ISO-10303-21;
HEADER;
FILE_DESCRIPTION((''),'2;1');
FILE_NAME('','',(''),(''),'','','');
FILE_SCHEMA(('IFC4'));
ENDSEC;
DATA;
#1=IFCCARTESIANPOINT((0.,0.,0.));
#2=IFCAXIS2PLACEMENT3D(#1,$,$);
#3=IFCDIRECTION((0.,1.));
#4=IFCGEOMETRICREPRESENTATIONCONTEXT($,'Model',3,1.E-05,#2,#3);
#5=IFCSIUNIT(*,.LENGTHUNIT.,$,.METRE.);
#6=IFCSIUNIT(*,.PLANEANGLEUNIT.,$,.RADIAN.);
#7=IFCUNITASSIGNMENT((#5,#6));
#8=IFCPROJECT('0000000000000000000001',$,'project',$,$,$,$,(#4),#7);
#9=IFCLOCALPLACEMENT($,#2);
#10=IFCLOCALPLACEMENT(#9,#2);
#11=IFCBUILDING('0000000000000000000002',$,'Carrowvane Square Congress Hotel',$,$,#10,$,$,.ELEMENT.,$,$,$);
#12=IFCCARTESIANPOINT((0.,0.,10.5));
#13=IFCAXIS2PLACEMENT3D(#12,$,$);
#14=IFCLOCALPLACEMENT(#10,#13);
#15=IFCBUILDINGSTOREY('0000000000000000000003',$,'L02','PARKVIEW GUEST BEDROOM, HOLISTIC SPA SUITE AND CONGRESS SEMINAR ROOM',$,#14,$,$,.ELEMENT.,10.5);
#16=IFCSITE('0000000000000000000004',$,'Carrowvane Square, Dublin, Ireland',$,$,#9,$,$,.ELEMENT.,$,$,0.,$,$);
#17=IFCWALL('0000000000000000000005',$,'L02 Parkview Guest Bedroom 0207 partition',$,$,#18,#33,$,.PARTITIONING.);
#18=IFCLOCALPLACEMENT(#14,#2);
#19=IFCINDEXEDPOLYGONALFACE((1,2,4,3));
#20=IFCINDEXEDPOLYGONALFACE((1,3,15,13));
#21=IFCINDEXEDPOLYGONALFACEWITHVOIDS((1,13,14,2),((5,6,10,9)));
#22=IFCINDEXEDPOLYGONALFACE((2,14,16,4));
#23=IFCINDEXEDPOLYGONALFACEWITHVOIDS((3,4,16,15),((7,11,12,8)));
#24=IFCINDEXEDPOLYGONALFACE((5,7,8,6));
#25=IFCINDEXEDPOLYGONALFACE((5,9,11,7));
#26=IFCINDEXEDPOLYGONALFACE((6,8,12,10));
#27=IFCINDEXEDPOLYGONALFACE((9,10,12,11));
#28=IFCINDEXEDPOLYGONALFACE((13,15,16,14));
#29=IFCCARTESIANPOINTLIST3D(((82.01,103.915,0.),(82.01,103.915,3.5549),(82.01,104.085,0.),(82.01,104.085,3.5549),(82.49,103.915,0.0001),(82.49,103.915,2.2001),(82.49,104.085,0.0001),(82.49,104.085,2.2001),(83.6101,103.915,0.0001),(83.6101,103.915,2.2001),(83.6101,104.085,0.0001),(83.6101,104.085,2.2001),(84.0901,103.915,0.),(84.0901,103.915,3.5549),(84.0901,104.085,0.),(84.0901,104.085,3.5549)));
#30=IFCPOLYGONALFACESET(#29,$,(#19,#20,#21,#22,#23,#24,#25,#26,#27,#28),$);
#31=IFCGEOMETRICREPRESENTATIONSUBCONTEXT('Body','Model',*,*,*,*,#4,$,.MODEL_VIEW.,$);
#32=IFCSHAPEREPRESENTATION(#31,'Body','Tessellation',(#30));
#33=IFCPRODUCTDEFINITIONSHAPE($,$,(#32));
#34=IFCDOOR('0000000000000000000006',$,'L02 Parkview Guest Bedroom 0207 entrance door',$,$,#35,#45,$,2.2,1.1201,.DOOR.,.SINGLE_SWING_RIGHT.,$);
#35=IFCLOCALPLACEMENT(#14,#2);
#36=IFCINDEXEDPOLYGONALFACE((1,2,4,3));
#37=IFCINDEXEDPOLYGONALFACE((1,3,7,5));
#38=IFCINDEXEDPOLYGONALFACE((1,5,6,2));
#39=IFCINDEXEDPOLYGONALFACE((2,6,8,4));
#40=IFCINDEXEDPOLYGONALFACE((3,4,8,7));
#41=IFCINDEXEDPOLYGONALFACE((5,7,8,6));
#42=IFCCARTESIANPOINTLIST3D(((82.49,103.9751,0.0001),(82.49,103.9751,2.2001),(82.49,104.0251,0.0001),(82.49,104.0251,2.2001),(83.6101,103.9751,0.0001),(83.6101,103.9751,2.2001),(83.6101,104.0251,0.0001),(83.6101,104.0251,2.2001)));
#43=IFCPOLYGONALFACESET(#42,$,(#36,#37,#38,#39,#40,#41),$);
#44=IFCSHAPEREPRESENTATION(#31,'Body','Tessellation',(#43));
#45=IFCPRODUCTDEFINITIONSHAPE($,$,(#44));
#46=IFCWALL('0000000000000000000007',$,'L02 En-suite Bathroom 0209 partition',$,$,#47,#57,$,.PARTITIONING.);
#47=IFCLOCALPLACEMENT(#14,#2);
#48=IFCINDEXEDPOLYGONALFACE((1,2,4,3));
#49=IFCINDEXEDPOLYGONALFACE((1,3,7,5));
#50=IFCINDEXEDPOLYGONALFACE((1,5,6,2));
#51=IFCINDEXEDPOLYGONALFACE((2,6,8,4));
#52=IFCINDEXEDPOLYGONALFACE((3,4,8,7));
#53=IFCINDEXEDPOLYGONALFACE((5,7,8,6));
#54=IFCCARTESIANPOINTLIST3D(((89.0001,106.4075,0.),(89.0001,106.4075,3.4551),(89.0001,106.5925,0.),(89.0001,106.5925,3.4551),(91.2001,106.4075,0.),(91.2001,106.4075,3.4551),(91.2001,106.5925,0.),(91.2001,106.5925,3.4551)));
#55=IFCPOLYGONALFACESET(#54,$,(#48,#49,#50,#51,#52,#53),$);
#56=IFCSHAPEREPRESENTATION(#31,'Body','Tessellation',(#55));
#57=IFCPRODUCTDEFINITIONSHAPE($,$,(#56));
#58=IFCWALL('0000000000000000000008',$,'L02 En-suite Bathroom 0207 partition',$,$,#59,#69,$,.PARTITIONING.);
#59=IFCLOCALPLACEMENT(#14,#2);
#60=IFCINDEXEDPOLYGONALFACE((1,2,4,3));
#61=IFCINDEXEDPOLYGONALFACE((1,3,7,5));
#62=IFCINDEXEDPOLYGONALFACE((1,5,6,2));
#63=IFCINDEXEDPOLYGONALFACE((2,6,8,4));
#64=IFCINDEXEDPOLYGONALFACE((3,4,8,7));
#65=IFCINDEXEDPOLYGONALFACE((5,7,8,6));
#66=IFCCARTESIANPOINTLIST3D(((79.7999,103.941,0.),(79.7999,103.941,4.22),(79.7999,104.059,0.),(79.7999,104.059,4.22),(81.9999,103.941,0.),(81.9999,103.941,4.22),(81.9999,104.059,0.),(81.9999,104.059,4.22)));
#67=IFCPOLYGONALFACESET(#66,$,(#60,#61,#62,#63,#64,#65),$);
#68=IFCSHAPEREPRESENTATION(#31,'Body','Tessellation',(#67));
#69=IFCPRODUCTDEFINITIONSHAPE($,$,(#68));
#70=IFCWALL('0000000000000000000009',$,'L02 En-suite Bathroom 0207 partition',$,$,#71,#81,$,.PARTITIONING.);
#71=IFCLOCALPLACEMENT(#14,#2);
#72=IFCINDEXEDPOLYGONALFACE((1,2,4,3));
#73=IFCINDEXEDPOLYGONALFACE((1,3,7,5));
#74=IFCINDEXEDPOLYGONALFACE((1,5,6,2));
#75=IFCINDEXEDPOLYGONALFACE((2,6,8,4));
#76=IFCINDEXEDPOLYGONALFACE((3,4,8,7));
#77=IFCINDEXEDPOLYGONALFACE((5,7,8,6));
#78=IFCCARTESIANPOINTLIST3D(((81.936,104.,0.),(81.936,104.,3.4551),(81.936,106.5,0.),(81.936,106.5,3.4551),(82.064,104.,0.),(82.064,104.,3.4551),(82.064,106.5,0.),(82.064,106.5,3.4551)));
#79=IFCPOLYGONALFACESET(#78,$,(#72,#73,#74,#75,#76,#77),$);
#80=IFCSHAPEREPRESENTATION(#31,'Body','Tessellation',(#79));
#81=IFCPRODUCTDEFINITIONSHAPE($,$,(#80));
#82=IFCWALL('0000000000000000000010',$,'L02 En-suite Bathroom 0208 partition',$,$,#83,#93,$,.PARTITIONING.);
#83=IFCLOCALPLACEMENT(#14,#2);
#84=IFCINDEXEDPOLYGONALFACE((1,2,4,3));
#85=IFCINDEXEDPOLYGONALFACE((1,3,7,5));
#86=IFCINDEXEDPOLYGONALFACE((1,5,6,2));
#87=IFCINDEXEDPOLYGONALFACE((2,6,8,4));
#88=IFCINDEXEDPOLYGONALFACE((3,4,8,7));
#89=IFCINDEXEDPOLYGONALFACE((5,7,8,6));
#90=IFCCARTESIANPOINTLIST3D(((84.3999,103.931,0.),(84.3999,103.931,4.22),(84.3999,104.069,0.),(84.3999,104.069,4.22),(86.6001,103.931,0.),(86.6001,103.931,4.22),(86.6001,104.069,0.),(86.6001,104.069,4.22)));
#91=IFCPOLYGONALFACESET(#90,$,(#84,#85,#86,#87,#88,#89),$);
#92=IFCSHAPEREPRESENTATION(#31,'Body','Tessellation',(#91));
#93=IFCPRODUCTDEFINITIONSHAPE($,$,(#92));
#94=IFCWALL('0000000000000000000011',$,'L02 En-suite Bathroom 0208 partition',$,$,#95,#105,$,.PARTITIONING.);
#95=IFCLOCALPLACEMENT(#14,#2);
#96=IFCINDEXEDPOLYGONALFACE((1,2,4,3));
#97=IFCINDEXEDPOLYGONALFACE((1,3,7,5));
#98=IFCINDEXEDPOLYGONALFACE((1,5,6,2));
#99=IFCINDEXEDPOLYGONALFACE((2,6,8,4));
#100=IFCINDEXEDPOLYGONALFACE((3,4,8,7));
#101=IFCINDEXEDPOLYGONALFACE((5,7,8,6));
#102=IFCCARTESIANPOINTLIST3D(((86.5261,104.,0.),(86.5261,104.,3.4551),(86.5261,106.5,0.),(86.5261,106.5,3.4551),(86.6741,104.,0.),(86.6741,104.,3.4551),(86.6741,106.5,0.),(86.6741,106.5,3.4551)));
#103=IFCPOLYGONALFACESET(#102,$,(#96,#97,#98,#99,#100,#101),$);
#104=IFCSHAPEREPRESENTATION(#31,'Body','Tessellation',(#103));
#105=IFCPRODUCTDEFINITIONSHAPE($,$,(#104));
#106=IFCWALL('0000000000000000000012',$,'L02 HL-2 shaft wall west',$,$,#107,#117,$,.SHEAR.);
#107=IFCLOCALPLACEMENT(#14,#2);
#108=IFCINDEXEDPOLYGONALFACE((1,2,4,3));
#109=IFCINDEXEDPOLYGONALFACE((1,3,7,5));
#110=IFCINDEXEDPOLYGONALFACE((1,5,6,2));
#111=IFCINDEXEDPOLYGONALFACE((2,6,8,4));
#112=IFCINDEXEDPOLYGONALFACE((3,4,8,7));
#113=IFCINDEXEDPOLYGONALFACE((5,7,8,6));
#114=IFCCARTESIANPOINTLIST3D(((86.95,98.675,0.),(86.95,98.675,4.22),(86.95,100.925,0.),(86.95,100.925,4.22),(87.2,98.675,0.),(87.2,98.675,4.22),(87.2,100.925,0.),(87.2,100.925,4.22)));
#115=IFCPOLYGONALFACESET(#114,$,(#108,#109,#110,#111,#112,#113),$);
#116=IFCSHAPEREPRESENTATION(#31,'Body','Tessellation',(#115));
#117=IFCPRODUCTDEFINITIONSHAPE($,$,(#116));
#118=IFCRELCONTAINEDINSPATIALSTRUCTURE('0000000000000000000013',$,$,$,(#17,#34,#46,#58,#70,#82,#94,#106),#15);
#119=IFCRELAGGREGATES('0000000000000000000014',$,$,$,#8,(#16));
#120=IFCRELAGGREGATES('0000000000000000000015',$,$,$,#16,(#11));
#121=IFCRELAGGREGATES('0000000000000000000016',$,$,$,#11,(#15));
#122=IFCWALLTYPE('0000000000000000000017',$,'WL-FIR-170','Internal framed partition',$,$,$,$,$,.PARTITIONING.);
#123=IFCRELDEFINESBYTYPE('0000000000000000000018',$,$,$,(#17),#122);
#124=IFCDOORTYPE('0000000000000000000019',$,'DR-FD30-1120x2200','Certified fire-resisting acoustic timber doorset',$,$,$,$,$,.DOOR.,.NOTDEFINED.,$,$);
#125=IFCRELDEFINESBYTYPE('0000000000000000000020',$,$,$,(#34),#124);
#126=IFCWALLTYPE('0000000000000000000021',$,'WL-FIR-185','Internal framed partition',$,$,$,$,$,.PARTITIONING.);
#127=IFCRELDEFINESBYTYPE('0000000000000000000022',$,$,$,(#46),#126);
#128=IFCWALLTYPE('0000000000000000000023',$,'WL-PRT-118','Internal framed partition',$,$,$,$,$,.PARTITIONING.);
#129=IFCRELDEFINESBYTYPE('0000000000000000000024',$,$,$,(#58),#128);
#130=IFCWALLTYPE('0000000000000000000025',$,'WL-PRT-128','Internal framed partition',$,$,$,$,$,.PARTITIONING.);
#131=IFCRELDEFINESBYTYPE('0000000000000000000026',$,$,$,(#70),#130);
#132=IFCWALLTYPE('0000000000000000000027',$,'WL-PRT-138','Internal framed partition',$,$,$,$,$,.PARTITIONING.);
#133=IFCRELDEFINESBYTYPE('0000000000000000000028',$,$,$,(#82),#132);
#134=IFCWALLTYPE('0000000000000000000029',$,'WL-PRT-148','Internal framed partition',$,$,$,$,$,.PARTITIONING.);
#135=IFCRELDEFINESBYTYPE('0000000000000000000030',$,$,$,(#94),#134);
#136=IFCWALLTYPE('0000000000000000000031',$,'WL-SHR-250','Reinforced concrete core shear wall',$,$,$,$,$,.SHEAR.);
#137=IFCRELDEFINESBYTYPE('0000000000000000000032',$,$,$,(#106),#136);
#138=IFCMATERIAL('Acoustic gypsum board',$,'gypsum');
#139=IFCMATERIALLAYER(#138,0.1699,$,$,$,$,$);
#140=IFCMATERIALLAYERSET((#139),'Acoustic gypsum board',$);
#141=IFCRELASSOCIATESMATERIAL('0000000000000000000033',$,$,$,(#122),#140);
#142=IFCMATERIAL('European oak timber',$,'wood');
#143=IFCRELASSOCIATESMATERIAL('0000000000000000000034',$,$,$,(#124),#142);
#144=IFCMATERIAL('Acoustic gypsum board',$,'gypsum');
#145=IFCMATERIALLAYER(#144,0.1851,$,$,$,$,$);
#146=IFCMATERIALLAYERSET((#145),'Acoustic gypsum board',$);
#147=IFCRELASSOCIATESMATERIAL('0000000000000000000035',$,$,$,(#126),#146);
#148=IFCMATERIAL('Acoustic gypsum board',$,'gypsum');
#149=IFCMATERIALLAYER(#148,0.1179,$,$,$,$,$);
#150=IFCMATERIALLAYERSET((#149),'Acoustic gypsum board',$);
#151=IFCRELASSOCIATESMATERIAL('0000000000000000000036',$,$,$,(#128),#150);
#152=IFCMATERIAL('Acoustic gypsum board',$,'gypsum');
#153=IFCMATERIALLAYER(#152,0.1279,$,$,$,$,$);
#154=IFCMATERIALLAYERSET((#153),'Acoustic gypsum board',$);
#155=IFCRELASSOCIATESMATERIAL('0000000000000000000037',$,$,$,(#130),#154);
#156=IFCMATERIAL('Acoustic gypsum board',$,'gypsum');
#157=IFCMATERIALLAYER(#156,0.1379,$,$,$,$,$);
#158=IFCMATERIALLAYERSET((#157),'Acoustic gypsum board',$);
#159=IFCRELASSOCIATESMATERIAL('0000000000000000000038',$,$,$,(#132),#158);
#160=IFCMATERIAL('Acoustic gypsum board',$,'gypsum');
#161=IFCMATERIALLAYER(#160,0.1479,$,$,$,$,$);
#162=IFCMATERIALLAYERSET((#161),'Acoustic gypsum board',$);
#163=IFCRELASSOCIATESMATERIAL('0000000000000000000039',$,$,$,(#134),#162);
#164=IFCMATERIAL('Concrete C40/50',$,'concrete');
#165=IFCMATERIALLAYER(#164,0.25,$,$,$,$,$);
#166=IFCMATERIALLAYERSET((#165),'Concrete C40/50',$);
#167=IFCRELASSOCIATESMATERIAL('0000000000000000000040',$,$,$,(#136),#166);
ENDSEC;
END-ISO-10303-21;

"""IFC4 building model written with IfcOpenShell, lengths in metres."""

from ifc_helpers import new_model, si_unit, direction, frame, frame_2d, origin, place, context, subcontext, project, spatial, rectangle, extrude, material, layer, layer_set, type_object, element, fill, save


model = new_model("IFC4")

# Units and contexts
model_context = context("Model", 3, precision=1e-05, world=origin(), true_north=direction((0.0, 1.0)))
body_context = subcontext(model_context, "Body", "Model", "MODEL_VIEW")
ifc_project = project(units=[si_unit("LENGTHUNIT", "METRE"), si_unit("PLANEANGLEUNIT", "RADIAN")], contexts=[model_context])

# Site, building, storey
site_placement = place(None, origin())
site = spatial("IfcSite", under=ifc_project, at=site_placement, Name="Carrowvane Square, Dublin, Ireland", CompositionType="ELEMENT", RefElevation=0.0)
building_placement = place(site_placement, origin())
building = spatial("IfcBuilding", under=site, at=building_placement, Name="Carrowvane Square Congress Hotel", CompositionType="ELEMENT")
storey_placement = place(building_placement, frame((0.0, 0.0, 10.5)))
storey = spatial("IfcBuildingStorey", under=building, at=storey_placement, Name="L02", Description="PARKVIEW GUEST BEDROOM, HOLISTIC SPA SUITE AND CONGRESS SEMINAR ROOM", CompositionType="ELEMENT", Elevation=10.5)

# Wall, opening, door
ifc_material_1 = material(Name="Acoustic gypsum board", Category="gypsum")
ifc_layer_1 = layer(ifc_material_1, 0.1699)
ifc_layer_set_1 = layer_set([ifc_layer_1], Name="Acoustic gypsum board")
wall_type_1 = type_object("IfcWallType", Name="WL-FIR-170", Description="Internal framed partition", PredefinedType="PARTITIONING", material=ifc_layer_set_1)
wall_1_placement = place(storey_placement, frame((84.0901, 104.0, 0.0), z_axis=(0.0, 0.0, 1.0), x_axis=(-1.0, 0.0, 0.0)))
wall_1 = element("IfcWall", 1, at=wall_1_placement, inside=storey, type_object=wall_type_1, Name="L02 Parkview Guest Bedroom 0207 partition", PredefinedType="PARTITIONING", context=body_context, shape_type="SweptSolid", body=[
    extrude(rectangle(XDim=2.0801, YDim=0.1699, at=frame_2d((1.04, 0.0))), origin(), (0.0, 0.0, 1.0), 3.5549),
])
opening_1_placement = place(wall_1_placement, frame((0.48, 0.0, 0.0)))
opening_1 = element("IfcOpeningElement", 2, at=opening_1_placement, cuts=wall_1, PredefinedType="OPENING", context=body_context, shape_type="SweptSolid", body=[
    extrude(rectangle(XDim=1.1201, YDim=2.2, at=frame_2d((0.5601, 1.1001))), frame((0.0, 0.095, 0.0), z_axis=(0.0, -1.0, 0.0), x_axis=(1.0, 0.0, 0.0)), (0.0, 0.0, 1.0), 0.1899),
])
ifc_material_2 = material(Name="European oak timber", Category="wood")
door_type_1 = type_object("IfcDoorType", Name="DR-FD30-1120x2200", Description="Certified fire-resisting acoustic timber doorset", OperationType="NOTDEFINED", PredefinedType="DOOR", material=ifc_material_2)
door_1_placement = place(opening_1_placement, origin())
door_1 = element("IfcDoor", 3, at=door_1_placement, inside=storey, type_object=door_type_1, Name="L02 Parkview Guest Bedroom 0207 entrance door", OperationType="SINGLE_SWING_RIGHT", OverallHeight=2.2, OverallWidth=1.1201, PredefinedType="DOOR", context=body_context, shape_type="SweptSolid", body=[
    extrude(rectangle(XDim=1.1201, YDim=2.2, at=frame_2d((0.5601, 1.1001))), frame((0.0, 0.0249, 0.0), z_axis=(0.0, -1.0, 0.0), x_axis=(1.0, 0.0, 0.0)), (0.0, 0.0, 1.0), 0.05),
])
fill(opening_1, door_1)

# Walls
ifc_material_3 = material(Name="Acoustic gypsum board", Category="gypsum")
ifc_layer_2 = layer(ifc_material_3, 0.1851)
ifc_layer_set_2 = layer_set([ifc_layer_2], Name="Acoustic gypsum board")
wall_type_2 = type_object("IfcWallType", Name="WL-FIR-185", Description="Internal framed partition", PredefinedType="PARTITIONING", material=ifc_layer_set_2)
wall_2_placement = place(storey_placement, frame((89.0, 106.5, 0.0), z_axis=(0.0, 0.0, 1.0), x_axis=(1.0, 0.0, 0.0)))
element("IfcWall", 4, at=wall_2_placement, inside=storey, type_object=wall_type_2, Name="L02 En-suite Bathroom 0209 partition", PredefinedType="PARTITIONING", context=body_context, shape_type="SweptSolid", body=[
    extrude(rectangle(XDim=2.2, YDim=0.1851, at=frame_2d((1.1001, 0.0))), origin(), (0.0, 0.0, 1.0), 3.4551),
])
ifc_material_4 = material(Name="Acoustic gypsum board", Category="gypsum")
ifc_layer_3 = layer(ifc_material_4, 0.1179)
ifc_layer_set_3 = layer_set([ifc_layer_3], Name="Acoustic gypsum board")
wall_type_3 = type_object("IfcWallType", Name="WL-PRT-118", Description="Internal framed partition", PredefinedType="PARTITIONING", material=ifc_layer_set_3)
wall_3_placement = place(storey_placement, frame((82.0, 104.0, 0.0), z_axis=(0.0, 0.0, 1.0), x_axis=(-1.0, 0.0, 0.0)))
element("IfcWall", 5, at=wall_3_placement, inside=storey, type_object=wall_type_3, Name="L02 En-suite Bathroom 0207 partition", PredefinedType="PARTITIONING", context=body_context, shape_type="SweptSolid", body=[
    extrude(rectangle(XDim=2.2, YDim=0.1179, at=frame_2d((1.1001, 0.0))), origin(), (0.0, 0.0, 1.0), 4.22),
])
ifc_material_5 = material(Name="Acoustic gypsum board", Category="gypsum")
ifc_layer_4 = layer(ifc_material_5, 0.1279)
ifc_layer_set_4 = layer_set([ifc_layer_4], Name="Acoustic gypsum board")
wall_type_4 = type_object("IfcWallType", Name="WL-PRT-128", Description="Internal framed partition", PredefinedType="PARTITIONING", material=ifc_layer_set_4)
wall_4_placement = place(storey_placement, frame((82.0, 106.5, 0.0), z_axis=(0.0, 0.0, 1.0), x_axis=(0.0, -1.0, 0.0)))
element("IfcWall", 6, at=wall_4_placement, inside=storey, type_object=wall_type_4, Name="L02 En-suite Bathroom 0207 partition", PredefinedType="PARTITIONING", context=body_context, shape_type="SweptSolid", body=[
    extrude(rectangle(XDim=2.5, YDim=0.1279, at=frame_2d((1.25, 0.0))), origin(), (0.0, 0.0, 1.0), 3.4551),
])
ifc_material_6 = material(Name="Acoustic gypsum board", Category="gypsum")
ifc_layer_5 = layer(ifc_material_6, 0.1379)
ifc_layer_set_5 = layer_set([ifc_layer_5], Name="Acoustic gypsum board")
wall_type_5 = type_object("IfcWallType", Name="WL-PRT-138", Description="Internal framed partition", PredefinedType="PARTITIONING", material=ifc_layer_set_5)
wall_5_placement = place(storey_placement, frame((86.6001, 104.0, 0.0), z_axis=(0.0, 0.0, 1.0), x_axis=(-1.0, 0.0, 0.0)))
element("IfcWall", 7, at=wall_5_placement, inside=storey, type_object=wall_type_5, Name="L02 En-suite Bathroom 0208 partition", PredefinedType="PARTITIONING", context=body_context, shape_type="SweptSolid", body=[
    extrude(rectangle(XDim=2.2002, YDim=0.1379, at=frame_2d((1.1001, 0.0))), origin(), (0.0, 0.0, 1.0), 4.22),
])
ifc_material_7 = material(Name="Acoustic gypsum board", Category="gypsum")
ifc_layer_6 = layer(ifc_material_7, 0.1479)
ifc_layer_set_6 = layer_set([ifc_layer_6], Name="Acoustic gypsum board")
wall_type_6 = type_object("IfcWallType", Name="WL-PRT-148", Description="Internal framed partition", PredefinedType="PARTITIONING", material=ifc_layer_set_6)
wall_6_placement = place(storey_placement, frame((86.6001, 106.5, 0.0), z_axis=(0.0, 0.0, 1.0), x_axis=(0.0, -1.0, 0.0)))
element("IfcWall", 8, at=wall_6_placement, inside=storey, type_object=wall_type_6, Name="L02 En-suite Bathroom 0208 partition", PredefinedType="PARTITIONING", context=body_context, shape_type="SweptSolid", body=[
    extrude(rectangle(XDim=2.5, YDim=0.1479, at=frame_2d((1.25, 0.0))), origin(), (0.0, 0.0, 1.0), 3.4551),
])

# Shared definitions
ifc_material_8 = material(Name="Concrete C40/50", Category="concrete")
ifc_layer_7 = layer(ifc_material_8, 0.25)
ifc_layer_set_7 = layer_set([ifc_layer_7], Name="Concrete C40/50")
wall_type_7 = type_object("IfcWallType", Name="WL-SHR-250", Description="Reinforced concrete core shear wall", PredefinedType="SHEAR", material=ifc_layer_set_7)

# Wall
wall_7_placement = place(storey_placement, frame((87.075, 100.925, 0.0), z_axis=(0.0, 0.0, 1.0), x_axis=(0.0, -1.0, 0.0)))
element("IfcWall", 9, at=wall_7_placement, inside=storey, type_object=wall_type_7, Name="L02 HL-2 shaft wall west", PredefinedType="SHEAR", context=body_context, shape_type="SweptSolid", body=[
    extrude(rectangle(XDim=2.25, YDim=0.25, at=frame_2d((1.125, 0.0))), origin(), (0.0, 0.0, 1.0), 4.22),
])

save(model, "model.ifc")
